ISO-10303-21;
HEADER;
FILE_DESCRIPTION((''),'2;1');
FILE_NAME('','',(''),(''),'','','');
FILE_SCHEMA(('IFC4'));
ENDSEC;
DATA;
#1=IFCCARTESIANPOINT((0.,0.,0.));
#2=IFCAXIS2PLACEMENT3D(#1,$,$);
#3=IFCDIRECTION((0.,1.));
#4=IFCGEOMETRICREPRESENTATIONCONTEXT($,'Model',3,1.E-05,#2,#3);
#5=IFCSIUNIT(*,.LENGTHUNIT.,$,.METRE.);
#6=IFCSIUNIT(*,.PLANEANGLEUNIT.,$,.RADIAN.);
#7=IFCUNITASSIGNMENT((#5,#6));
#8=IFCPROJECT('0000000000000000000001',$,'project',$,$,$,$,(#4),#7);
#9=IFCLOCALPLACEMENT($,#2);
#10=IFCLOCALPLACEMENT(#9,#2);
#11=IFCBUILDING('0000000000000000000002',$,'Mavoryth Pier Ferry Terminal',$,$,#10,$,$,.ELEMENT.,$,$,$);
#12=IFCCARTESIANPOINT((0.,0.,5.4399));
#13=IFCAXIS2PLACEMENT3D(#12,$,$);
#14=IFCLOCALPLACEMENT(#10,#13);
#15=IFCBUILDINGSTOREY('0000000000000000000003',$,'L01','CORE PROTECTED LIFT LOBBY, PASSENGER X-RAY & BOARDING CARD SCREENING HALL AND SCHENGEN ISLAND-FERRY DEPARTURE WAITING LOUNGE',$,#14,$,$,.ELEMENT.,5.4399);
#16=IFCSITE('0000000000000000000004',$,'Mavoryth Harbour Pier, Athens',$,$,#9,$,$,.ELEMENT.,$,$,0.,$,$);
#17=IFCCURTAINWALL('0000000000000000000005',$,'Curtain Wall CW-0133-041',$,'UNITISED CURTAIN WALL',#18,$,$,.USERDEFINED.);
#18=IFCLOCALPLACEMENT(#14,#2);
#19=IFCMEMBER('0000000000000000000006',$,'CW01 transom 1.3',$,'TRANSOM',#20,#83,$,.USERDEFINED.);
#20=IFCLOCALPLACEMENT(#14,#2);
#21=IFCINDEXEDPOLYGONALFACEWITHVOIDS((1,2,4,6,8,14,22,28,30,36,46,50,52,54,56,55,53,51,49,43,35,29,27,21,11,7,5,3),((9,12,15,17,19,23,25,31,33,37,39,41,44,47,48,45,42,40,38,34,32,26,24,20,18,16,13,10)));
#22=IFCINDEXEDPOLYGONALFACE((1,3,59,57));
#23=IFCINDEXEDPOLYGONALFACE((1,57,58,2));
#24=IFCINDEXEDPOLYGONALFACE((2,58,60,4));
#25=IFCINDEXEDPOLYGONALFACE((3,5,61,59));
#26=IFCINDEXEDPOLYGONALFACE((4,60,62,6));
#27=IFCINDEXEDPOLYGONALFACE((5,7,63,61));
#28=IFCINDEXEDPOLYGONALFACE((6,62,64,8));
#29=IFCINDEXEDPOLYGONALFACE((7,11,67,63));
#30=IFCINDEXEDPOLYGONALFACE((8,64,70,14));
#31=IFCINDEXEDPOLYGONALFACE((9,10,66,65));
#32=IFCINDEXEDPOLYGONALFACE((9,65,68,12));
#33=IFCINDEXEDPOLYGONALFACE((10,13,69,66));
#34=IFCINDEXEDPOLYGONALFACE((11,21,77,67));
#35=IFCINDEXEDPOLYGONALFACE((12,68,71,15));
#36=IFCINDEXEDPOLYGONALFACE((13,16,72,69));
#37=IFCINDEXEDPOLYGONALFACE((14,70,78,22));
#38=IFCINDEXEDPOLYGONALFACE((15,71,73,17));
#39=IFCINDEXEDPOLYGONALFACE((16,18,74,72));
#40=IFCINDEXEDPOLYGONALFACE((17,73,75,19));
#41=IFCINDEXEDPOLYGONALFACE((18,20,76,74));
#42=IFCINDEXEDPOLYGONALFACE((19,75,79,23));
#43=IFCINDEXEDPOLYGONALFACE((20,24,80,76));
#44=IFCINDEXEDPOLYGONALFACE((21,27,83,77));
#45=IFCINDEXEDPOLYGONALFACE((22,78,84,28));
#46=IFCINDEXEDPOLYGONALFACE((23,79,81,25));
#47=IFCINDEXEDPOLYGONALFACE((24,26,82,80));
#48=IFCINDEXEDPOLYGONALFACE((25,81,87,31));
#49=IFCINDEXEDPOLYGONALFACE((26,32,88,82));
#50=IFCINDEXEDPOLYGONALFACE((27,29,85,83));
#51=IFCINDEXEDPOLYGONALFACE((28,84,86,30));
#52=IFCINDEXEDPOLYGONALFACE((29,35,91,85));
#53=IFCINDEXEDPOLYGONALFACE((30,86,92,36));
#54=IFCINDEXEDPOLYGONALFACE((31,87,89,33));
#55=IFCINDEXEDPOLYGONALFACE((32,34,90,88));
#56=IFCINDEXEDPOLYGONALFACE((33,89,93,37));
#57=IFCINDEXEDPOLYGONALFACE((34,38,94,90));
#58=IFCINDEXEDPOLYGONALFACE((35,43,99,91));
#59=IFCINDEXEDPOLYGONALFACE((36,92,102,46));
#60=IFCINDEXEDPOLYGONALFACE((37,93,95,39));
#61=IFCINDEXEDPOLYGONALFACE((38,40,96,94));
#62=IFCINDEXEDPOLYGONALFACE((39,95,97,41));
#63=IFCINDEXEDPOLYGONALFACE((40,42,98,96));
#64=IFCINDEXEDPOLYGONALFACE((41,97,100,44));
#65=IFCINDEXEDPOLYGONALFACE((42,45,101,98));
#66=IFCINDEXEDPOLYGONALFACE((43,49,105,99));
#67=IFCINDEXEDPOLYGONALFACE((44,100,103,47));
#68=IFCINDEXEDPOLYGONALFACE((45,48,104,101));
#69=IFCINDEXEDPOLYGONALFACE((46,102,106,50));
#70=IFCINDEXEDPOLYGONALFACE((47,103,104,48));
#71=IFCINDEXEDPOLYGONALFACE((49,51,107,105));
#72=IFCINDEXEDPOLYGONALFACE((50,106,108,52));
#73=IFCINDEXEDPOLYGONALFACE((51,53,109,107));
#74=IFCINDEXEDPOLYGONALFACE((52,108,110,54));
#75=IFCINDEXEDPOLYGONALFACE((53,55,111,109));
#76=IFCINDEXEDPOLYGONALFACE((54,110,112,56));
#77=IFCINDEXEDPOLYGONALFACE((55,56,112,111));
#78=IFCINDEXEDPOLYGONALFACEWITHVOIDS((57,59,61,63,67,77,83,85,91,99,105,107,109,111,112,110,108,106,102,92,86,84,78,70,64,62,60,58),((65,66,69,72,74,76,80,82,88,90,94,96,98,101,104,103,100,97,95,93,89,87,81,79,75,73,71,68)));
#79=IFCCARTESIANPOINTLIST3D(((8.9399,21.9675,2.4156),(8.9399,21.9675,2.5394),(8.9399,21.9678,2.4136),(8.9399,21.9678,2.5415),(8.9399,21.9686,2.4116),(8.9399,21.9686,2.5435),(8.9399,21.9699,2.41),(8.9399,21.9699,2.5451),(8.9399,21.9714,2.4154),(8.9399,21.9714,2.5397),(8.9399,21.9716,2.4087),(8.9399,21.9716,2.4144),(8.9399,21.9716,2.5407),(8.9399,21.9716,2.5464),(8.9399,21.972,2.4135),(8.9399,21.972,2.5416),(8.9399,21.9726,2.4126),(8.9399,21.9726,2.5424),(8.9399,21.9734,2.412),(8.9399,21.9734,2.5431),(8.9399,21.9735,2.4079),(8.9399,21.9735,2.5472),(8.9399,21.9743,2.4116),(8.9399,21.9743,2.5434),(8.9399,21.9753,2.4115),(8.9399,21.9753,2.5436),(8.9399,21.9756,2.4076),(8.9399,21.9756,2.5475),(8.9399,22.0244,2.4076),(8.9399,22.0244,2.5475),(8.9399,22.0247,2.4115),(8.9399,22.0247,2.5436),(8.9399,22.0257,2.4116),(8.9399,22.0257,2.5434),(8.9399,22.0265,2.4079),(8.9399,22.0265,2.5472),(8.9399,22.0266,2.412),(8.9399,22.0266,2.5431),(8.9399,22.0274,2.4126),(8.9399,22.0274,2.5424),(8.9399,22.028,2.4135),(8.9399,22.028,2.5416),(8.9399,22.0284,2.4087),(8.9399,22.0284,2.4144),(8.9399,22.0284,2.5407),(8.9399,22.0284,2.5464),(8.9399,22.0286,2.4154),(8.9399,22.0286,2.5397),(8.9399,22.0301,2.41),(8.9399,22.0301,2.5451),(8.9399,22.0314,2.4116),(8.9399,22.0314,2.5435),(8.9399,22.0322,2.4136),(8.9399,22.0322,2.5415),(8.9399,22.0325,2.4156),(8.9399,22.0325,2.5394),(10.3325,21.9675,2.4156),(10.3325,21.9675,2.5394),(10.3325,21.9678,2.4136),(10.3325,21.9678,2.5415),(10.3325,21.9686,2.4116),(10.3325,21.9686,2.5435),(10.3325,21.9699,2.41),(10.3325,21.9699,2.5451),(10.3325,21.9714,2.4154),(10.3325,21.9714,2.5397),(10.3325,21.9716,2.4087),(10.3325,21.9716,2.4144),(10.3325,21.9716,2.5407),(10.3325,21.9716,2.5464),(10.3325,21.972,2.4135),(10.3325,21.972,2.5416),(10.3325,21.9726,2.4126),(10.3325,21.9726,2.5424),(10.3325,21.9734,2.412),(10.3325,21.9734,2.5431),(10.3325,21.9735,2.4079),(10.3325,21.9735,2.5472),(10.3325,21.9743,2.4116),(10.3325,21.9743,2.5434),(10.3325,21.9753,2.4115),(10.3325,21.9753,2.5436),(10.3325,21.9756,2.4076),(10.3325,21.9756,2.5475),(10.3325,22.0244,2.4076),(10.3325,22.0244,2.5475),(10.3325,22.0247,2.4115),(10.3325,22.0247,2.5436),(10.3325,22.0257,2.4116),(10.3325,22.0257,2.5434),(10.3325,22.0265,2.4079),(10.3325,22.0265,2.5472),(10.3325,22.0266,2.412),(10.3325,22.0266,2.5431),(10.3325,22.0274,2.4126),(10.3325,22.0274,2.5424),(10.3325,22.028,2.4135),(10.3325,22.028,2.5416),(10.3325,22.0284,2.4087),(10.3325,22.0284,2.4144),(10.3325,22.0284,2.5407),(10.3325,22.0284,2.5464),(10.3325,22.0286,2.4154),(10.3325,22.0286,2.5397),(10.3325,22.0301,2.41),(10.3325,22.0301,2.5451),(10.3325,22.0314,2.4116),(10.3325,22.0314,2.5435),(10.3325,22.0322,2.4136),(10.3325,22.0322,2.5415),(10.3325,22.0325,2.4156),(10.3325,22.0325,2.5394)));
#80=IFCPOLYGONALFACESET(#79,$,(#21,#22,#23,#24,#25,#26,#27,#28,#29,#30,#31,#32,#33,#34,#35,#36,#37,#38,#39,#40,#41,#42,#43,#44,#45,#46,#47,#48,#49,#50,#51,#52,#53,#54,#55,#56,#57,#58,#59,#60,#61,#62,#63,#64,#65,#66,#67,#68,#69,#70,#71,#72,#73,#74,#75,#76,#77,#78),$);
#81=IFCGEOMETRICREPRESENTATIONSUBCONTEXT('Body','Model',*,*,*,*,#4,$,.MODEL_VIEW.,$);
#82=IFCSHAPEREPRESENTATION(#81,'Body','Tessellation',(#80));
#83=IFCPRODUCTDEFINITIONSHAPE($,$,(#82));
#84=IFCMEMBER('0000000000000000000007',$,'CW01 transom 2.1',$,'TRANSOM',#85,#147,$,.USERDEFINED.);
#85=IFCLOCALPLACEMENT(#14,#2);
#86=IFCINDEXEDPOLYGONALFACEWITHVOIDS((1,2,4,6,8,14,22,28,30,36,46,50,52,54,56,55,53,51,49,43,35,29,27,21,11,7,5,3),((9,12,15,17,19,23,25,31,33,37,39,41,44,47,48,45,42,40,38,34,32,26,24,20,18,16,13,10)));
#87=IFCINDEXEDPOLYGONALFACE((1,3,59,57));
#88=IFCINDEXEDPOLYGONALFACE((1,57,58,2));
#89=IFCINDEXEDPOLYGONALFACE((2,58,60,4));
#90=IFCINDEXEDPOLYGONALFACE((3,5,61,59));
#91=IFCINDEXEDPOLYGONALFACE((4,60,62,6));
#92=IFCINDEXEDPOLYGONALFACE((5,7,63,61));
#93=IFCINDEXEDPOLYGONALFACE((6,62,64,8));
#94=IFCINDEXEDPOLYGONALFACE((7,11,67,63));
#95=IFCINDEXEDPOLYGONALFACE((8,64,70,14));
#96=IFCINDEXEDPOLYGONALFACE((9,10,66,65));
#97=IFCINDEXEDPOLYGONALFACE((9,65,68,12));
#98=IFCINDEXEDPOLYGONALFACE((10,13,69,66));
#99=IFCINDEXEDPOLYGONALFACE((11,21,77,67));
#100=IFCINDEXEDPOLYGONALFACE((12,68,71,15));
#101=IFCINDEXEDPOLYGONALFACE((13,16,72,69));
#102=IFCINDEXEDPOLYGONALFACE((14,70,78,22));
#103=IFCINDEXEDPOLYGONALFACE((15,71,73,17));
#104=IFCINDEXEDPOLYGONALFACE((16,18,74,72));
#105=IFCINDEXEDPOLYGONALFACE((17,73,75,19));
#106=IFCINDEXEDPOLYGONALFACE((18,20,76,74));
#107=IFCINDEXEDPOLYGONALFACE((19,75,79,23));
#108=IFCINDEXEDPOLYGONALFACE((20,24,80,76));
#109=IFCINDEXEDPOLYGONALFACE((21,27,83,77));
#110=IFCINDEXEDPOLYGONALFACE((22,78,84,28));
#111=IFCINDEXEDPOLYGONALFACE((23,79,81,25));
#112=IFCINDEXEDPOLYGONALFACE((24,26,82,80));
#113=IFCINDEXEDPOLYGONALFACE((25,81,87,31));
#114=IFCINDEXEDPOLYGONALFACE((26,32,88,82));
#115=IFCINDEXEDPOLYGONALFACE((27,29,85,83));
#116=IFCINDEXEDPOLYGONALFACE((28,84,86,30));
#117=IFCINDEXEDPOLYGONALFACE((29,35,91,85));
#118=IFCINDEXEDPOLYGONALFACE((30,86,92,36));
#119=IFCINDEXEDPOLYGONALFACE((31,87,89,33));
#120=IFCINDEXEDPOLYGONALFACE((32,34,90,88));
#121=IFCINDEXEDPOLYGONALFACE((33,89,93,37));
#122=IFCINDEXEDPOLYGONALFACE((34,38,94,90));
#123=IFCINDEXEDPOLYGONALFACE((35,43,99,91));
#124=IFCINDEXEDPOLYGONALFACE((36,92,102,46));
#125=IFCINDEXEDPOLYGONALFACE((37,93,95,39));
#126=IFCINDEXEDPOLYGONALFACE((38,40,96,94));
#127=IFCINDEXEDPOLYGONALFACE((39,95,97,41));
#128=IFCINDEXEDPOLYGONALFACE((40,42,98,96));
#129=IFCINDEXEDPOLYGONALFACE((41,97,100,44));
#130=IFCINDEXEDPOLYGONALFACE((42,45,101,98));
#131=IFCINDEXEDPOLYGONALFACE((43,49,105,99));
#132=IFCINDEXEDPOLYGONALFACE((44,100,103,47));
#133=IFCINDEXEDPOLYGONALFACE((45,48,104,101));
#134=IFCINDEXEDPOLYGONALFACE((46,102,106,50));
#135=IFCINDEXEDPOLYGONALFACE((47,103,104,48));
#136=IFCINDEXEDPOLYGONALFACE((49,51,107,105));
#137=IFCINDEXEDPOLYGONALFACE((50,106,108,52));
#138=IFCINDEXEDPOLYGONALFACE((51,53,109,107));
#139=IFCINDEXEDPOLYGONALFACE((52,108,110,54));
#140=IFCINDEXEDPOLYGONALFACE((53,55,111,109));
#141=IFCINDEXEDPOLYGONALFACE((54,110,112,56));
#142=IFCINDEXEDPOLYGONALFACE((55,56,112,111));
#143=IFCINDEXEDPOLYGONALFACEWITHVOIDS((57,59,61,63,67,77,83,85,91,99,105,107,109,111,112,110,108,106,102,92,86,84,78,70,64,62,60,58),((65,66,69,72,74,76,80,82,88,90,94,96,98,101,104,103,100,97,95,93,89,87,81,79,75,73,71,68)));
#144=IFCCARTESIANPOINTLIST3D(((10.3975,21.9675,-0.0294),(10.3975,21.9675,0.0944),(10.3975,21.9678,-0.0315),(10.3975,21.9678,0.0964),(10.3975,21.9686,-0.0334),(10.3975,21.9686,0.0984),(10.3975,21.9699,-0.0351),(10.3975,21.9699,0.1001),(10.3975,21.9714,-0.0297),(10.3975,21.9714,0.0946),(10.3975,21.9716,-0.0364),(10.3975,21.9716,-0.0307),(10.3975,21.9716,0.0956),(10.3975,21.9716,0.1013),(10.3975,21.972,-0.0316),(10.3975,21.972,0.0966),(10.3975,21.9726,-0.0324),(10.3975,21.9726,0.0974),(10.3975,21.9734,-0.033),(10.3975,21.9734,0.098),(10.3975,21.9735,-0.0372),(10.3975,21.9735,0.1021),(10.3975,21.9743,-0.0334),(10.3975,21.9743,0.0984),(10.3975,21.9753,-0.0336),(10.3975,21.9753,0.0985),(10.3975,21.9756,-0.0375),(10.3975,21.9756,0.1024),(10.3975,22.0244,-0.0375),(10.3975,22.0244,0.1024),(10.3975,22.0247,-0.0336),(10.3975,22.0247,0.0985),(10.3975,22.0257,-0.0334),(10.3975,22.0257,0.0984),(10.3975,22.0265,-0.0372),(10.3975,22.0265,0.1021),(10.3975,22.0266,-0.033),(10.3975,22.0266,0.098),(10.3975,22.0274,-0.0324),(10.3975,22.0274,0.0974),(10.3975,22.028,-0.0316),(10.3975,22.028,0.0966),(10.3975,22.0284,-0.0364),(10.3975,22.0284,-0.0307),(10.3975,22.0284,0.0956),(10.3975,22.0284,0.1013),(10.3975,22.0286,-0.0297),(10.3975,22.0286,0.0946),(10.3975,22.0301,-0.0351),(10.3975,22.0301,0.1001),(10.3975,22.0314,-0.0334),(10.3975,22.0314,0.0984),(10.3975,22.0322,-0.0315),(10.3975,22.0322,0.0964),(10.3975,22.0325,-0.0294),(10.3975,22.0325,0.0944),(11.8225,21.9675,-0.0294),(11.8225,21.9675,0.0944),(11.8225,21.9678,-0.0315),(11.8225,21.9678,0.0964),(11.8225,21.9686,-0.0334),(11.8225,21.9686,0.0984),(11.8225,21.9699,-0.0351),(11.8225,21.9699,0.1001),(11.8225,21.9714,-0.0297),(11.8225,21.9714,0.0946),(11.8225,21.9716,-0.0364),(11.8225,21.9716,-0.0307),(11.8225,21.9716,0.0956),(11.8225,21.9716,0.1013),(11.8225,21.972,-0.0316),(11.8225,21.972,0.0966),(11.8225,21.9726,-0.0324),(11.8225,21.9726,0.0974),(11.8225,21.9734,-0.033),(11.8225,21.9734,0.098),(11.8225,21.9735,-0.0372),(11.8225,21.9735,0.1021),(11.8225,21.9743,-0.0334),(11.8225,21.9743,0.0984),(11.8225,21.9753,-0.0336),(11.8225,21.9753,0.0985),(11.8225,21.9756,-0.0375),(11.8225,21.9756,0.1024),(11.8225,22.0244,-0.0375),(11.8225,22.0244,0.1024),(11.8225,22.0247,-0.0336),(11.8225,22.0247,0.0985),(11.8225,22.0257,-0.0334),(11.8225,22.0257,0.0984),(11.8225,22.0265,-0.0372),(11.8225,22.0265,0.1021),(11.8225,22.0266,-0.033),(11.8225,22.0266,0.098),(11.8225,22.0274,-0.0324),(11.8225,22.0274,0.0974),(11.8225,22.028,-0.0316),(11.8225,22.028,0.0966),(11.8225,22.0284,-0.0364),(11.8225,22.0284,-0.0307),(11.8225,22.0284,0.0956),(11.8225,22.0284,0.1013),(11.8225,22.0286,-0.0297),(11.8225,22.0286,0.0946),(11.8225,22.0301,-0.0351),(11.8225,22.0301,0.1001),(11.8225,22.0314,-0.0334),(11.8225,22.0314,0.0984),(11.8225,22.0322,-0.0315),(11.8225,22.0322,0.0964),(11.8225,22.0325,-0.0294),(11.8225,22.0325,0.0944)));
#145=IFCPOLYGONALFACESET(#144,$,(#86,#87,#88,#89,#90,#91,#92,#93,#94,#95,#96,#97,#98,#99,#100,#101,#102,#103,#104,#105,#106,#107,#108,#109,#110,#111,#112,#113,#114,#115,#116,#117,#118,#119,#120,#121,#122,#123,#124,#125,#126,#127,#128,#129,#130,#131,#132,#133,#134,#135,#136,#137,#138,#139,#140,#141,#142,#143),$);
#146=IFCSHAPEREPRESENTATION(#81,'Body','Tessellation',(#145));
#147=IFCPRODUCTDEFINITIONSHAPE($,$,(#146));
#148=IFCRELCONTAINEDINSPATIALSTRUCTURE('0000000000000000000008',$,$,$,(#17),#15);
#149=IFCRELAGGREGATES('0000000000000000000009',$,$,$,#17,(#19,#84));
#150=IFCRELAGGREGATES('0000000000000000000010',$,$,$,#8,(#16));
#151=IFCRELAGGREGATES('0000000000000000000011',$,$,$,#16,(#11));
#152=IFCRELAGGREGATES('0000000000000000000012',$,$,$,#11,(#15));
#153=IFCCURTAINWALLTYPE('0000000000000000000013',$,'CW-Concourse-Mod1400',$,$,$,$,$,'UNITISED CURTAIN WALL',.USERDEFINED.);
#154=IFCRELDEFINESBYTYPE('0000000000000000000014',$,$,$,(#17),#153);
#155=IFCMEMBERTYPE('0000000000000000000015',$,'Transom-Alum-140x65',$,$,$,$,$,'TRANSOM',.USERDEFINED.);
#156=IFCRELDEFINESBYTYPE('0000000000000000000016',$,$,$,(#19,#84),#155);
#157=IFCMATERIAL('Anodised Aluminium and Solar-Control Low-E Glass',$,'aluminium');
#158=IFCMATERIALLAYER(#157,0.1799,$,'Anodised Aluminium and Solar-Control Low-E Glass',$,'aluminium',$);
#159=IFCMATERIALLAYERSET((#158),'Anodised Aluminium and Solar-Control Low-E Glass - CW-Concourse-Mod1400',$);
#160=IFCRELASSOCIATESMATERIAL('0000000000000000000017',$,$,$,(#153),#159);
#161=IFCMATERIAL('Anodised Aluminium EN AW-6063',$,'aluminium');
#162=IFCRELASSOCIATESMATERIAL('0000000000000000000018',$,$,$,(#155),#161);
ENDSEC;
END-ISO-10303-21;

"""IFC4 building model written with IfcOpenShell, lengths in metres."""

from ifc_helpers import new_model, si_unit, direction, frame, origin, origin_2d, place, context, subcontext, project, spatial, hollow_rectangle, extrude, material, layer, layer_set, material_profile, profile_set, type_object, element, aggregate, save


model = new_model("IFC4")

# Units and contexts
model_context = context("Model", 3, precision=1e-05, world=origin(), true_north=direction((0.0, 1.0)))
body_context = subcontext(model_context, "Body", "Model", "MODEL_VIEW")
ifc_project = project(units=[si_unit("LENGTHUNIT", "METRE"), si_unit("PLANEANGLEUNIT", "RADIAN")], contexts=[model_context])

# Site, building, storey
site_placement = place(None, origin())
site = spatial("IfcSite", under=ifc_project, at=site_placement, Name="Mavoryth Harbour Pier, Athens", CompositionType="ELEMENT", RefElevation=0.0)
building_placement = place(site_placement, origin())
building = spatial("IfcBuilding", under=site, at=building_placement, Name="Mavoryth Pier Ferry Terminal", CompositionType="ELEMENT")
storey_placement = place(building_placement, frame((0.0, 0.0, 5.4399)))
storey = spatial("IfcBuildingStorey", under=building, at=storey_placement, Name="L01", Description="CORE PROTECTED LIFT LOBBY, PASSENGER X-RAY & BOARDING CARD SCREENING HALL AND SCHENGEN ISLAND-FERRY DEPARTURE WAITING LOUNGE", CompositionType="ELEMENT", Elevation=5.4399)

# Curtain wall
ifc_material_1 = material(Name="Anodised Aluminium and Solar-Control Low-E Glass", Category="aluminium")
ifc_layer_1 = layer(ifc_material_1, 0.1799, Name="Anodised Aluminium and Solar-Control Low-E Glass", Category="aluminium")
ifc_layer_set_1 = layer_set([ifc_layer_1], Name="Anodised Aluminium and Solar-Control Low-E Glass - CW-Concourse-Mod1400")
curtain_wall_type = type_object("IfcCurtainWallType", Name="CW-Concourse-Mod1400", ElementType="UNITISED CURTAIN WALL", PredefinedType="USERDEFINED", material=ifc_layer_set_1)
ifc_material_2 = material(Name="Anodised Aluminium EN AW-6063", Category="aluminium")
curtain_wall_1_placement = place(storey_placement, origin())
curtain_wall_1 = element("IfcCurtainWall", 1, at=curtain_wall_1_placement, inside=storey, type_object=curtain_wall_type, Name="Curtain Wall CW-0133-041", ObjectType="UNITISED CURTAIN WALL", PredefinedType="USERDEFINED")

# Members
ifc_material_profile_1 = material_profile(ifc_material_2, hollow_rectangle(XDim=0.0649, YDim=0.1399, WallThickness=0.0039, InnerFilletRadius=0.0039, OuterFilletRadius=0.0081, at=origin_2d()), Name="AL-TRAN 140x65x4", Category="aluminium")
ifc_profile_set_1 = profile_set([ifc_material_profile_1], Name="Anodised Aluminium EN AW-6063 - AL-TRAN 140x65x4")
member_type_1 = type_object("IfcMemberType", Name="Transom-Alum-140x65", ElementType="TRANSOM", PredefinedType="USERDEFINED", material=ifc_profile_set_1)
member_1_placement = place(storey_placement, frame((8.9399, 22.0, 2.4775), z_axis=(1.0, 0.0, 0.0), x_axis=(0.0, 1.0, 0.0)))
member_1 = element("IfcMember", 2, at=member_1_placement, type_object=member_type_1, Name="CW01 transom 1.3", ObjectType="TRANSOM", PredefinedType="USERDEFINED", context=body_context, shape_type="SweptSolid", body=[
    extrude(hollow_rectangle(XDim=0.0649, YDim=0.1399, WallThickness=0.0039, InnerFilletRadius=0.0039, OuterFilletRadius=0.0081, at=origin_2d()), origin(), (0.0, 0.0, 1.0), 1.3926),
])
member_2_placement = place(storey_placement, frame((10.3975, 22.0, 0.0325), z_axis=(1.0, 0.0, 0.0), x_axis=(0.0, 1.0, 0.0)))
member_2 = element("IfcMember", 3, at=member_2_placement, type_object=member_type_1, Name="CW01 transom 2.1", ObjectType="TRANSOM", PredefinedType="USERDEFINED", context=body_context, shape_type="SweptSolid", body=[
    extrude(hollow_rectangle(XDim=0.0649, YDim=0.1399, WallThickness=0.0039, InnerFilletRadius=0.0039, OuterFilletRadius=0.0081, at=origin_2d()), origin(), (0.0, 0.0, 1.0), 1.425),
])

aggregate(curtain_wall_1, [member_1, member_2])

save(model, "model.ifc")
